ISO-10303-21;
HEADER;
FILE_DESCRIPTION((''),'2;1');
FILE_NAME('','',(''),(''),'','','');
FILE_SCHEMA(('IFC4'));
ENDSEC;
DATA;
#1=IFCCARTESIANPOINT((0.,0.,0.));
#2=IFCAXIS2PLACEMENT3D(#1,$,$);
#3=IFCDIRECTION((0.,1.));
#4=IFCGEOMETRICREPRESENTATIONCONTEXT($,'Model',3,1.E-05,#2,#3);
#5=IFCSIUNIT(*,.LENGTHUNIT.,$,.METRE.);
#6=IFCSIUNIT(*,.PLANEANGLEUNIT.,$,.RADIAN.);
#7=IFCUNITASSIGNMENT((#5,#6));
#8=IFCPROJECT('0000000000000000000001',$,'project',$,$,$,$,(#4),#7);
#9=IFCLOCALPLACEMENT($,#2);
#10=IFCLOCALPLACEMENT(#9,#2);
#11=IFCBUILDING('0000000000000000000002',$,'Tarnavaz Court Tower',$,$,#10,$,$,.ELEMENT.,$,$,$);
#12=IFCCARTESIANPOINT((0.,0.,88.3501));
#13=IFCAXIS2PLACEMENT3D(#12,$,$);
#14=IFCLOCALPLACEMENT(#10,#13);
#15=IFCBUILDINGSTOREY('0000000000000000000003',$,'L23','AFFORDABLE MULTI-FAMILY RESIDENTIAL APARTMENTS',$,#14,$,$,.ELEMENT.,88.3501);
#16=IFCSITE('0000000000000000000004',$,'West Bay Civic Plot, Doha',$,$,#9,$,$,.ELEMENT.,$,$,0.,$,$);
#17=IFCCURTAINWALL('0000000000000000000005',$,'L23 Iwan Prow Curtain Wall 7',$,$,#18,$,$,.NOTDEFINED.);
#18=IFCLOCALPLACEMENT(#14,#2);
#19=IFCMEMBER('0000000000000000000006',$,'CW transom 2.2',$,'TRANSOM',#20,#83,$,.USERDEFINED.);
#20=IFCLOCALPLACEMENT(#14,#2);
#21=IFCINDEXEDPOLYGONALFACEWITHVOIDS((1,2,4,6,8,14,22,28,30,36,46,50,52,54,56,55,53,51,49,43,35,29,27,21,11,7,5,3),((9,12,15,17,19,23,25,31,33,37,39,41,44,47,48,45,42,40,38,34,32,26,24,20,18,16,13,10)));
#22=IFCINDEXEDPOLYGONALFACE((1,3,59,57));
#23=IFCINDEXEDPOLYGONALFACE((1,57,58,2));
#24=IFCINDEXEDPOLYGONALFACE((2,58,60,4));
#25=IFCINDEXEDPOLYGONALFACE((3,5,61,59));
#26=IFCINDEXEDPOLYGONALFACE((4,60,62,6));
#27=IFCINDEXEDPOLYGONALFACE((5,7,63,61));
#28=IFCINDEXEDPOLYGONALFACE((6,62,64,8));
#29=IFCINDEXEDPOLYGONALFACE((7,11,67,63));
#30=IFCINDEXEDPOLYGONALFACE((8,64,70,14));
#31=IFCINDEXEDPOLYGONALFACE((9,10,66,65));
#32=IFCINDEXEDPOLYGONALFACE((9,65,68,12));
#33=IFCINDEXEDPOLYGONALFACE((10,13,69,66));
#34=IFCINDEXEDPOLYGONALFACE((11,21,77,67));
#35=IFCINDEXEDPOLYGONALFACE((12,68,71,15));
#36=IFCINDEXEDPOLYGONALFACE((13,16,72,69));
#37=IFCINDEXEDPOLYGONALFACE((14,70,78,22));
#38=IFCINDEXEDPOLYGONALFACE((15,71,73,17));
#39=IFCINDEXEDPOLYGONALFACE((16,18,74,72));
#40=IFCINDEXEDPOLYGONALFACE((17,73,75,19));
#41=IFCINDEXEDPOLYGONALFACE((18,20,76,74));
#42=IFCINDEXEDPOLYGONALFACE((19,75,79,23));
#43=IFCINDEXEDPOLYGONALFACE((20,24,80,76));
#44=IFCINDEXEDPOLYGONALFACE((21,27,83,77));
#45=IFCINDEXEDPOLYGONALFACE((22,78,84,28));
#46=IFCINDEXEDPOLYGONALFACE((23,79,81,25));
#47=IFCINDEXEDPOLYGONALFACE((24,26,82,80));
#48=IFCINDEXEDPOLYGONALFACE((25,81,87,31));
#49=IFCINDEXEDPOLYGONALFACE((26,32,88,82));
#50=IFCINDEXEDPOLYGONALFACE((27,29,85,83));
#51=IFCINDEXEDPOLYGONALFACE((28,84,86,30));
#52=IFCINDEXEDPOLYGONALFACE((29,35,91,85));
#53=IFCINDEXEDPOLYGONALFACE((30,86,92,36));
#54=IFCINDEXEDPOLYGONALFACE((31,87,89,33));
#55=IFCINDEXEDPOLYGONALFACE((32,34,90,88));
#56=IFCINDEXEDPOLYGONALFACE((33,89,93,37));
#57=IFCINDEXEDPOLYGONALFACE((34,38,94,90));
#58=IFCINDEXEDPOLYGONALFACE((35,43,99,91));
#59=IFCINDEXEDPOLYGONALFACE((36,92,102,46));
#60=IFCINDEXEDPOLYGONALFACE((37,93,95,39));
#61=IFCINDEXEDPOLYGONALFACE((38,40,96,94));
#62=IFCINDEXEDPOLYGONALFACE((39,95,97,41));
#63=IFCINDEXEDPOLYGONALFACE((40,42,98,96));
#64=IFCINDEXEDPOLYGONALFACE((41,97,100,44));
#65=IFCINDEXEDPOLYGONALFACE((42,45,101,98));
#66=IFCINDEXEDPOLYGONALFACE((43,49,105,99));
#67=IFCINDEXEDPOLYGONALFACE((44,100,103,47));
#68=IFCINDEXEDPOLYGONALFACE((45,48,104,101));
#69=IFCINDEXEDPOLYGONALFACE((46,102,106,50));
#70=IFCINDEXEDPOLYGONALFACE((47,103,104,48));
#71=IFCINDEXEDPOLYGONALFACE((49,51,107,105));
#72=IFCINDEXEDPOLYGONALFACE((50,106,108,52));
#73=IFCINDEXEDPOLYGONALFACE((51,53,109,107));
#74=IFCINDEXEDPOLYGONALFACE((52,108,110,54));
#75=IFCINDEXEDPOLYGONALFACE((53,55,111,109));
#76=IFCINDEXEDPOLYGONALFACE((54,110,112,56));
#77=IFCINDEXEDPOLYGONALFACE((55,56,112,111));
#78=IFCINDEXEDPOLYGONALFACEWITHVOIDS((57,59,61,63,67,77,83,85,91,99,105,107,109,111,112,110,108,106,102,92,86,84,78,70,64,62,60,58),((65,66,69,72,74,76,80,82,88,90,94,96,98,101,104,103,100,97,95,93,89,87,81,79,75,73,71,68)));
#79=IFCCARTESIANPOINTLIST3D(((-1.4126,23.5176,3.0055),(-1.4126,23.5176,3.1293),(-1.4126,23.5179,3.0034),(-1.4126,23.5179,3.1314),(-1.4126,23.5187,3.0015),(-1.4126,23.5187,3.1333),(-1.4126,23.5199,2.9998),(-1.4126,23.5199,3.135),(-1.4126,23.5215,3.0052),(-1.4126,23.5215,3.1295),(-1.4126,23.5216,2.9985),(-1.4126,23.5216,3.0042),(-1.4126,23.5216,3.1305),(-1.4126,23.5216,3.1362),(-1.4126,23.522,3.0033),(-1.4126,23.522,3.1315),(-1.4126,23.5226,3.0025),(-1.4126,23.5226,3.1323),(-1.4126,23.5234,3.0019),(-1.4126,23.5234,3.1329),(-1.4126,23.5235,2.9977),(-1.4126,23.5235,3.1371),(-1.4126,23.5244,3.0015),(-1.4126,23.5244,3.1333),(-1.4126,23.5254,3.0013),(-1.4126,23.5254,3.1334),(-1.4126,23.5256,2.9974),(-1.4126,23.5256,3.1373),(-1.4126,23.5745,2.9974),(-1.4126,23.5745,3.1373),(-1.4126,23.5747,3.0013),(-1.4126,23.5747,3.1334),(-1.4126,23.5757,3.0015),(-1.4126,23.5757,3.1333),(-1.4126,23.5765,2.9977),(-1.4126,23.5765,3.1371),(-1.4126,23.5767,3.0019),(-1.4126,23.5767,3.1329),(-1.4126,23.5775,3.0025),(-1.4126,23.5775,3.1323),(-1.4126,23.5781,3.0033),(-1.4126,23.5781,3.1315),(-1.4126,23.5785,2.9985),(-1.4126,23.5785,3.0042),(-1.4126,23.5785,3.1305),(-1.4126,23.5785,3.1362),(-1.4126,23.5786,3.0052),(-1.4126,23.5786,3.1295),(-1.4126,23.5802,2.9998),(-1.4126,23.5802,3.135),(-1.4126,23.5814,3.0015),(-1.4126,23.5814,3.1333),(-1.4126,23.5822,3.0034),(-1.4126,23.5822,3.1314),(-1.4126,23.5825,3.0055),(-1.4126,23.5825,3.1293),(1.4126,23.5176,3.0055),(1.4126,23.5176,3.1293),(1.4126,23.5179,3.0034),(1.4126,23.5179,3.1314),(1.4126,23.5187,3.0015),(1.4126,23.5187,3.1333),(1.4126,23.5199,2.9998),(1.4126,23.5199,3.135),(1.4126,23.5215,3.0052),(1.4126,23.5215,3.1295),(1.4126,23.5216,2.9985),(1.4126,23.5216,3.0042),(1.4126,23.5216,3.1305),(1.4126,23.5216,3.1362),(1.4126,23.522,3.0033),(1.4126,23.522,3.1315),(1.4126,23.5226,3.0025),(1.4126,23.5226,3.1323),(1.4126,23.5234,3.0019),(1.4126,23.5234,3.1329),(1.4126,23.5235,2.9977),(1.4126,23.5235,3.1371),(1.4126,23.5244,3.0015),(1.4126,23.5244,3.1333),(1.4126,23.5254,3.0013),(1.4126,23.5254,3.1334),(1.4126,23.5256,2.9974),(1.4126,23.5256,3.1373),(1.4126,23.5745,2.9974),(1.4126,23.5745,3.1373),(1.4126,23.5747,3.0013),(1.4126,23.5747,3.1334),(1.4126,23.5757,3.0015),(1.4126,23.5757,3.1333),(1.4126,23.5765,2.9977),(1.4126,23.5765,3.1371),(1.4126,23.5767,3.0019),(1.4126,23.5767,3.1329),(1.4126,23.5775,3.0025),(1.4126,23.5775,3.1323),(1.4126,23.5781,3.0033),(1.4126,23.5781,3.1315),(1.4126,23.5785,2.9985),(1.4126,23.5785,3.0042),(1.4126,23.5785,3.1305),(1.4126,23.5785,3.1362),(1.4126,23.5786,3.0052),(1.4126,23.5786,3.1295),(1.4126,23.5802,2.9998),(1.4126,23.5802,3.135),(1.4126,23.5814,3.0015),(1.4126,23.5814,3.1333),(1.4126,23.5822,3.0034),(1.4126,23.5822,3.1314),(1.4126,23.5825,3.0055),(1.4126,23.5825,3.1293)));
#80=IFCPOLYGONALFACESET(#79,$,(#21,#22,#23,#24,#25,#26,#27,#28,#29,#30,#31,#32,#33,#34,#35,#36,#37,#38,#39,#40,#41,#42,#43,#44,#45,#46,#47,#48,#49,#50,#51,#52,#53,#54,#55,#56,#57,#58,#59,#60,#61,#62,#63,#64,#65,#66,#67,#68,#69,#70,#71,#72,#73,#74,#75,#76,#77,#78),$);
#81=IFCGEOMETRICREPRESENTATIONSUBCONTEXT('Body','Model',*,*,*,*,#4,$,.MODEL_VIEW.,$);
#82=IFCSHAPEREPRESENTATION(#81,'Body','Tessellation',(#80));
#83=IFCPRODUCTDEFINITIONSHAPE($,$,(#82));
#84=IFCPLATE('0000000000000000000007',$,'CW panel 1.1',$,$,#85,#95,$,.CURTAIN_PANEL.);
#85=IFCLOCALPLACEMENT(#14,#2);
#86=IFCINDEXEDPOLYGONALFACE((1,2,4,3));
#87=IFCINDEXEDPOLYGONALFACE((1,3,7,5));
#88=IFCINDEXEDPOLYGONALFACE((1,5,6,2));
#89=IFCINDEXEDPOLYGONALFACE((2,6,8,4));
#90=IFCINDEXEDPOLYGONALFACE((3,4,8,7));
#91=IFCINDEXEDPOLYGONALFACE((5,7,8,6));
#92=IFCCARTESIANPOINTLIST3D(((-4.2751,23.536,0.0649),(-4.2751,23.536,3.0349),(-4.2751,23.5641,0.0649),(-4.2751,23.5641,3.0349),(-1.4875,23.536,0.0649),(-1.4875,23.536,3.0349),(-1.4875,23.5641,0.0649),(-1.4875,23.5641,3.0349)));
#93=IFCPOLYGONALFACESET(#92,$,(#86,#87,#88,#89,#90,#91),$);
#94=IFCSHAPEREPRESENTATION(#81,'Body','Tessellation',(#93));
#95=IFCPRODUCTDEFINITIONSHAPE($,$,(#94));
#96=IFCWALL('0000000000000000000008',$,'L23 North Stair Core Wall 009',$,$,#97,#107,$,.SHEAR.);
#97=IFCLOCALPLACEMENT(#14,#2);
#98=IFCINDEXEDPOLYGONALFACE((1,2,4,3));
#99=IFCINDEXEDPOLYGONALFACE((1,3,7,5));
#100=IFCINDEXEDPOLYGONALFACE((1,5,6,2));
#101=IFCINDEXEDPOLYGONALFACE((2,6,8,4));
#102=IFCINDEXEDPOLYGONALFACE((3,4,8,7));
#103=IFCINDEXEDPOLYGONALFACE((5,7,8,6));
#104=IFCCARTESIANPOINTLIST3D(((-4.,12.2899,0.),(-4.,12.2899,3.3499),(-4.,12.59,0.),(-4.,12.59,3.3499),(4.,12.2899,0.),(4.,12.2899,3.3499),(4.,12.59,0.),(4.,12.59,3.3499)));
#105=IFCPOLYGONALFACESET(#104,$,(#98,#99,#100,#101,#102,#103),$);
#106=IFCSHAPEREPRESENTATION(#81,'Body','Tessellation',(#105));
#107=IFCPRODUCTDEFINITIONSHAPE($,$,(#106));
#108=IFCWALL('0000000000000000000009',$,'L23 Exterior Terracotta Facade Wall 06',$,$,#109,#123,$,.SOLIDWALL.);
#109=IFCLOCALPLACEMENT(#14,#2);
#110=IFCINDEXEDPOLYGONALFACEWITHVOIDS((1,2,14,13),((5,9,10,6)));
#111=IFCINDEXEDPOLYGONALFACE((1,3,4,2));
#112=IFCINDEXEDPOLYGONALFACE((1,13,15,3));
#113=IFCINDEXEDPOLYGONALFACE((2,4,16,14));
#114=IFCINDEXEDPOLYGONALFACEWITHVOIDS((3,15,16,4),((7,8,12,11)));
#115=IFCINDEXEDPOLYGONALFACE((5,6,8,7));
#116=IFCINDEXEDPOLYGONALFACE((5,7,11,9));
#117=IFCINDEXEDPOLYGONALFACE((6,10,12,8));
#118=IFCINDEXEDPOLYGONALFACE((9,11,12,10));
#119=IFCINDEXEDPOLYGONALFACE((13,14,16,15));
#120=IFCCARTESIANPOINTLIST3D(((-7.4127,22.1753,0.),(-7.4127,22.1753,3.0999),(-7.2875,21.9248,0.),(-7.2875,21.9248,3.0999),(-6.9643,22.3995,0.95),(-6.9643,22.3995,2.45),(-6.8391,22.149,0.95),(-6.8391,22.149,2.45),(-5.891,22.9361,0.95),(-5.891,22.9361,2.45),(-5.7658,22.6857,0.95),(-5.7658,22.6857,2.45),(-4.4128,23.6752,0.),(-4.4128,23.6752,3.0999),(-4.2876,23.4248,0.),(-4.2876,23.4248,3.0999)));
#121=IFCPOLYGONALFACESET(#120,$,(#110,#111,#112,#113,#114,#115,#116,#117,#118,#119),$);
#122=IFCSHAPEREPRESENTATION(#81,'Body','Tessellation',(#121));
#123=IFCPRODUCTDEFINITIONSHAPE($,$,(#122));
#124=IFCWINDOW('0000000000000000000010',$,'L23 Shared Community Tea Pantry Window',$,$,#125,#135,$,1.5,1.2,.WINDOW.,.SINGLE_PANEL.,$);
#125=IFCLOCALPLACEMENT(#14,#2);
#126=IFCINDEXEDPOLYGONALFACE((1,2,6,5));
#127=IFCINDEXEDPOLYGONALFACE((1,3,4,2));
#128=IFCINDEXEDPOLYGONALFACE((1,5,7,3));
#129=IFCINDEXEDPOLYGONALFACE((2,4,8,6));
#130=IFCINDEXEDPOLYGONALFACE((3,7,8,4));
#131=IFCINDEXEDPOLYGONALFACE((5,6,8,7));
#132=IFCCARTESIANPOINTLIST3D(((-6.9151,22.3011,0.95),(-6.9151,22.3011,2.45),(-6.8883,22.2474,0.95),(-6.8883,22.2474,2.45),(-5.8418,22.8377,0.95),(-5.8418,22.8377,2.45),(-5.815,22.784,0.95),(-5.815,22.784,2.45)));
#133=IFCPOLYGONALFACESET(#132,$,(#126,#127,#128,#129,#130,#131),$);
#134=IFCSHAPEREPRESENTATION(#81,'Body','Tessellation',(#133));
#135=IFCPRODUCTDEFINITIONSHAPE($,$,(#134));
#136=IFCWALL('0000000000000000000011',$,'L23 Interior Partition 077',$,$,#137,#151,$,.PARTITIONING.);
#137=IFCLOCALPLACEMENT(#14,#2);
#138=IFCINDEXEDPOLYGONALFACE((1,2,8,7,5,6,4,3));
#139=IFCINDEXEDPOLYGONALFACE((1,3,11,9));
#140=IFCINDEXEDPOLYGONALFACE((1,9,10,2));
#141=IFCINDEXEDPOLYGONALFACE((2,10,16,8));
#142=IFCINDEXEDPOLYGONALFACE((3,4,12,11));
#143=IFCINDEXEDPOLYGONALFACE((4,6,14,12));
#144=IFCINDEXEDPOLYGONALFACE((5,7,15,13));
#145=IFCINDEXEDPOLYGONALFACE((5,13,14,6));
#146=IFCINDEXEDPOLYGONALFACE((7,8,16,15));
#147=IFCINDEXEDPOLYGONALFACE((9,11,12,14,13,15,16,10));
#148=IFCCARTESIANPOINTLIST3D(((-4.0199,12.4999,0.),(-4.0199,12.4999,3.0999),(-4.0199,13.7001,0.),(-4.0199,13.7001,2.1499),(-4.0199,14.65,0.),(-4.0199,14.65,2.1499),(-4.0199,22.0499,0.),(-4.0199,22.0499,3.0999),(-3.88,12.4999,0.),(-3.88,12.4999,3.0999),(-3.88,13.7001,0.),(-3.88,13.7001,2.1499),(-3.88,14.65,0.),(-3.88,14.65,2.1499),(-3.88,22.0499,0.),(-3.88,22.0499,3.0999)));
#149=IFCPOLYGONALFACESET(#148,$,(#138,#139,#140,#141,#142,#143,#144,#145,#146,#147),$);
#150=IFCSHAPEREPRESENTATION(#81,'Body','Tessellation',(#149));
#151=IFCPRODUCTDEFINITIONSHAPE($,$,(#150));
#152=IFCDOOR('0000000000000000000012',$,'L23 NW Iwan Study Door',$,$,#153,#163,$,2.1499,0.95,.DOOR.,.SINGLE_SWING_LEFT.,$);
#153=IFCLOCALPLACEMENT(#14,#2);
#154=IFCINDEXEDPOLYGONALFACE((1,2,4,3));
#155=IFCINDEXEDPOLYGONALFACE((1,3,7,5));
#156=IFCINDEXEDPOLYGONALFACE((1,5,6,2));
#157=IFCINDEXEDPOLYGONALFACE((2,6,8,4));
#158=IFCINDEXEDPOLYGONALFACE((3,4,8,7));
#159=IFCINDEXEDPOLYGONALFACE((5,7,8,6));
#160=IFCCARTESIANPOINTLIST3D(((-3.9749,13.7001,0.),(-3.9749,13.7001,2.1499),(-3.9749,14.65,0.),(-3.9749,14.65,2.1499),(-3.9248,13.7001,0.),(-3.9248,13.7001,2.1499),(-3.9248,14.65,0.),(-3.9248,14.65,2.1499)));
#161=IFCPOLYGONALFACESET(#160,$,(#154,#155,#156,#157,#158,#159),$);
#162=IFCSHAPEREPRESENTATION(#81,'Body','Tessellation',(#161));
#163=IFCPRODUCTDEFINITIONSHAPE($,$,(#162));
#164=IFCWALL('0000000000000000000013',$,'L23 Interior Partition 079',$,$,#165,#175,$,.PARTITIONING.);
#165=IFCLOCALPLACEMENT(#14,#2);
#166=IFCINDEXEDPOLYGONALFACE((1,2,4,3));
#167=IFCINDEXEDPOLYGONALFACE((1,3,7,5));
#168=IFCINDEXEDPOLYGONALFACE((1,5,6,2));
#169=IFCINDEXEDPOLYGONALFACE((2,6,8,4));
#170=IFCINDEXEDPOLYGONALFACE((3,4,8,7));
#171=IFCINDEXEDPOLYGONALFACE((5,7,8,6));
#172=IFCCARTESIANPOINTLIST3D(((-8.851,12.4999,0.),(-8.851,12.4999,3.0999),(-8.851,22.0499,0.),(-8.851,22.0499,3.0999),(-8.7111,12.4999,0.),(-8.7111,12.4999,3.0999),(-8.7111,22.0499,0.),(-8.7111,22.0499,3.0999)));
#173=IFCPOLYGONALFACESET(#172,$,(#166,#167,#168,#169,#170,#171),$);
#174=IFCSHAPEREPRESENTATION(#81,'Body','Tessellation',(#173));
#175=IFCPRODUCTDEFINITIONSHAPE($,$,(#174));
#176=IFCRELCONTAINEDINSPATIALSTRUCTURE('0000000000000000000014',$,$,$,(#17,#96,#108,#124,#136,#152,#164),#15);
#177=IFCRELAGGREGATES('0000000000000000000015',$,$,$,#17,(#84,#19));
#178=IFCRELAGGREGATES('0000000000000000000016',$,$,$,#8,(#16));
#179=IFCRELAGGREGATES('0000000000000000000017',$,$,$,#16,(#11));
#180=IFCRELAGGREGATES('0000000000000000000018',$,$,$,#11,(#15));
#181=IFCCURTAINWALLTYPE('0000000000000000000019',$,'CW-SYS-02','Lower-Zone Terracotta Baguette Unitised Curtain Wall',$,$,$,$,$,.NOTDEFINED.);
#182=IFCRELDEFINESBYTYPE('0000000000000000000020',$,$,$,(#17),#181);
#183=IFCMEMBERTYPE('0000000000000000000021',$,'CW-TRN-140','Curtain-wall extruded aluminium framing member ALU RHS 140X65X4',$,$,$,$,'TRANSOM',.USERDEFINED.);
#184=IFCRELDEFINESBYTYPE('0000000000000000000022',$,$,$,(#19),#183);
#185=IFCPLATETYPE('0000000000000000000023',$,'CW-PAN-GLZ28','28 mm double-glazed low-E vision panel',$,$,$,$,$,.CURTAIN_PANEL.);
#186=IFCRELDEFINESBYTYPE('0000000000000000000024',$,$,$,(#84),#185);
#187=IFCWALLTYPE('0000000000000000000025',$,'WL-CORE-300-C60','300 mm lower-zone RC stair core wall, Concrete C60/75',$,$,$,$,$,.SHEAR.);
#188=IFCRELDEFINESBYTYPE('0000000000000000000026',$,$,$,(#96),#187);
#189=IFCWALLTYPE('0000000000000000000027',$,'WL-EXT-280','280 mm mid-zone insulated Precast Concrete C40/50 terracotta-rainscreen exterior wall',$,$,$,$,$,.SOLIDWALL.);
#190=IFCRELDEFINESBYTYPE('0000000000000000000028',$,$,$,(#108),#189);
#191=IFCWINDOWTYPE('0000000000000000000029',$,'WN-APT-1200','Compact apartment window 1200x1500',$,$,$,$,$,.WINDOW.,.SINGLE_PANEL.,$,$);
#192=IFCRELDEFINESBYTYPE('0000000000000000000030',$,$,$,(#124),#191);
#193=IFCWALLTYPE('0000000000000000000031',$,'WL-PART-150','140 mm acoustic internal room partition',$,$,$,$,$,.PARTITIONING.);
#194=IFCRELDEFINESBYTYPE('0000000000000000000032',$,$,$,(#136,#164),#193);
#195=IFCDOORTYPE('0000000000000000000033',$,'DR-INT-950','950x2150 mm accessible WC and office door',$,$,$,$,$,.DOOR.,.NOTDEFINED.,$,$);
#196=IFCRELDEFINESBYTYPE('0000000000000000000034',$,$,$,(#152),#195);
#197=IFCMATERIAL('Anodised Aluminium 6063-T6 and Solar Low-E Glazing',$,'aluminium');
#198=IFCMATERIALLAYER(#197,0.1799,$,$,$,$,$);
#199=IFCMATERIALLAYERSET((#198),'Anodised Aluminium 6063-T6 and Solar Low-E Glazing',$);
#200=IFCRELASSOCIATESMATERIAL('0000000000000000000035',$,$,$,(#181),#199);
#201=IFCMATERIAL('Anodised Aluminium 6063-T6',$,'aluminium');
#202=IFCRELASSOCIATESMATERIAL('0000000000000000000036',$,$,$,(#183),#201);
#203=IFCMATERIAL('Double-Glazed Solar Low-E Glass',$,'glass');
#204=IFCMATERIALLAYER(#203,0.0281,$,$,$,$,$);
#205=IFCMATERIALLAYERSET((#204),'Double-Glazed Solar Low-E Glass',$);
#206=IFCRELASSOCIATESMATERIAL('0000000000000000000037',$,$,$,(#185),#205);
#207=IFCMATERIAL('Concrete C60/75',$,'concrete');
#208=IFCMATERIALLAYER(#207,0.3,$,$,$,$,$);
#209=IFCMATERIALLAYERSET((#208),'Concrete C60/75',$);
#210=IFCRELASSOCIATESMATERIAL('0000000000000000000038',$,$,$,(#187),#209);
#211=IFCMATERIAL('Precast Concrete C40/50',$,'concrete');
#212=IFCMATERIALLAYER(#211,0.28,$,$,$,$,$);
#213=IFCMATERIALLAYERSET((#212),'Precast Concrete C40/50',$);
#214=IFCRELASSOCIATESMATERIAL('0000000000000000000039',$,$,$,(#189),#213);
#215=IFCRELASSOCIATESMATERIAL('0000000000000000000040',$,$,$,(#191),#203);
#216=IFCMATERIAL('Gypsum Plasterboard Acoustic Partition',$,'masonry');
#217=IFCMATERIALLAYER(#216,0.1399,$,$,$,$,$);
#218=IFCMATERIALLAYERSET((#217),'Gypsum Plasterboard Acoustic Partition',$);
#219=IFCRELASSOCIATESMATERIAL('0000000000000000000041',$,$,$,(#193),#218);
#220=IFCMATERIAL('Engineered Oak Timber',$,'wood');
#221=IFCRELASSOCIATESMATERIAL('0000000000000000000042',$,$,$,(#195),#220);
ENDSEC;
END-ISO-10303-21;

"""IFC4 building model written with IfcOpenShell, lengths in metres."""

from ifc_helpers import new_model, si_unit, direction, frame, frame_2d, origin, origin_2d, place, context, subcontext, project, spatial, rectangle, hollow_rectangle, extrude, material, layer, layer_set, material_profile, profile_set, type_object, element, fill, aggregate, save


model = new_model("IFC4")

# Units and contexts
model_context = context("Model", 3, precision=1e-05, world=origin(), true_north=direction((0.0, 1.0)))
body_context = subcontext(model_context, "Body", "Model", "MODEL_VIEW")
ifc_project = project(units=[si_unit("LENGTHUNIT", "METRE"), si_unit("PLANEANGLEUNIT", "RADIAN")], contexts=[model_context])

# Site, building, storey
site_placement = place(None, origin())
site = spatial("IfcSite", under=ifc_project, at=site_placement, Name="West Bay Civic Plot, Doha", CompositionType="ELEMENT", RefElevation=0.0)
building_placement = place(site_placement, origin())
building = spatial("IfcBuilding", under=site, at=building_placement, Name="Tarnavaz Court Tower", CompositionType="ELEMENT")
storey_placement = place(building_placement, frame((0.0, 0.0, 88.3501)))
storey = spatial("IfcBuildingStorey", under=building, at=storey_placement, Name="L23", Description="AFFORDABLE MULTI-FAMILY RESIDENTIAL APARTMENTS", CompositionType="ELEMENT", Elevation=88.3501)

# Shared definitions
ifc_material_1 = material(Name="Concrete C60/75", Category="concrete")

# Curtain wall, member, plate
ifc_material_2 = material(Name="Anodised Aluminium 6063-T6 and Solar Low-E Glazing", Category="aluminium")
ifc_layer_1 = layer(ifc_material_2, 0.1799)
ifc_layer_set_1 = layer_set([ifc_layer_1], Name="Anodised Aluminium 6063-T6 and Solar Low-E Glazing")
curtain_wall_type = type_object("IfcCurtainWallType", Name="CW-SYS-02", Description="Lower-Zone Terracotta Baguette Unitised Curtain Wall", PredefinedType="NOTDEFINED", material=ifc_layer_set_1)
curtain_wall_placement = place(storey_placement, origin())
curtain_wall = element("IfcCurtainWall", 1, at=curtain_wall_placement, inside=storey, type_object=curtain_wall_type, Name="L23 Iwan Prow Curtain Wall 7", PredefinedType="NOTDEFINED")
ifc_material_3 = material(Name="Anodised Aluminium 6063-T6", Category="aluminium")
ifc_material_profile_1 = material_profile(ifc_material_3, hollow_rectangle(XDim=0.0649, YDim=0.1399, WallThickness=0.0039, InnerFilletRadius=0.0039, OuterFilletRadius=0.0081, at=origin_2d()), Name="ALU RHS 140X65X4")
ifc_profile_set_1 = profile_set([ifc_material_profile_1], Name="Anodised Aluminium 6063-T6")
member_type_1 = type_object("IfcMemberType", Name="CW-TRN-140", Description="Curtain-wall extruded aluminium framing member ALU RHS 140X65X4", ElementType="TRANSOM", PredefinedType="USERDEFINED", material=ifc_profile_set_1)
member_1_placement = place(storey_placement, frame((-1.4126, 23.55, 3.0674), z_axis=(1.0, 0.0, 0.0), x_axis=(0.0, 1.0, 0.0)))
member_1 = element("IfcMember", 2, at=member_1_placement, type_object=member_type_1, Name="CW transom 2.2", ObjectType="TRANSOM", PredefinedType="USERDEFINED", context=body_context, shape_type="SweptSolid", body=[
    extrude(hollow_rectangle(XDim=0.0649, YDim=0.1399, WallThickness=0.0039, InnerFilletRadius=0.0039, OuterFilletRadius=0.0081, at=origin_2d()), origin(), (0.0, 0.0, 1.0), 2.8252),
])
ifc_material_4 = material(Name="Double-Glazed Solar Low-E Glass", Category="glass")
ifc_layer_2 = layer(ifc_material_4, 0.0281)
ifc_layer_set_2 = layer_set([ifc_layer_2], Name="Double-Glazed Solar Low-E Glass")
plate_type = type_object("IfcPlateType", Name="CW-PAN-GLZ28", Description="28 mm double-glazed low-E vision panel", PredefinedType="CURTAIN_PANEL", material=ifc_layer_set_2)
plate_placement = place(storey_placement, frame((-2.8813, 23.55, 0.0649), z_axis=(0.0, 0.0, 1.0), x_axis=(1.0, 0.0, 0.0)))
plate = element("IfcPlate", 3, at=plate_placement, type_object=plate_type, Name="CW panel 1.1", PredefinedType="CURTAIN_PANEL", context=body_context, shape_type="SweptSolid", body=[
    extrude(rectangle(XDim=2.7876, YDim=0.0281, at=origin_2d()), origin(), (0.0, 0.0, 1.0), 2.97),
])
aggregate(curtain_wall, [plate, member_1])

# Wall
ifc_layer_3 = layer(ifc_material_1, 0.3)
ifc_layer_set_3 = layer_set([ifc_layer_3], Name="Concrete C60/75")
wall_type_1 = type_object("IfcWallType", Name="WL-CORE-300-C60", Description="300 mm lower-zone RC stair core wall, Concrete C60/75", PredefinedType="SHEAR", material=ifc_layer_set_3)
wall_1_placement = place(storey_placement, frame((-4.0, 12.4399, 0.0), z_axis=(0.0, 0.0, 1.0), x_axis=(1.0, 0.0, 0.0)))
element("IfcWall", 4, at=wall_1_placement, inside=storey, type_object=wall_type_1, Name="L23 North Stair Core Wall 009", PredefinedType="SHEAR", context=body_context, shape_type="SweptSolid", body=[
    extrude(rectangle(XDim=8.0, YDim=0.3, at=frame_2d((4.0, 0.0))), origin(), (0.0, 0.0, 1.0), 3.3499),
])

# Wall, opening, window
ifc_material_5 = material(Name="Precast Concrete C40/50", Category="concrete")
ifc_layer_4 = layer(ifc_material_5, 0.28)
ifc_layer_set_4 = layer_set([ifc_layer_4], Name="Precast Concrete C40/50")
wall_type_2 = type_object("IfcWallType", Name="WL-EXT-280", Description="280 mm mid-zone insulated Precast Concrete C40/50 terracotta-rainscreen exterior wall", PredefinedType="SOLIDWALL", material=ifc_layer_set_4)
wall_2_placement = place(storey_placement, frame((-7.3501, 22.05, 0.0), z_axis=(0.0, 0.0, 1.0), x_axis=(0.894427, 0.447214, 0.0)))
wall_2 = element("IfcWall", 5, at=wall_2_placement, inside=storey, type_object=wall_type_2, Name="L23 Exterior Terracotta Facade Wall 06", PredefinedType="SOLIDWALL", context=body_context, shape_type="SweptSolid", body=[
    extrude(rectangle(XDim=3.354, YDim=0.28, at=frame_2d((1.677, 0.0))), origin(), (0.0, 0.0, 1.0), 3.0999),
])
opening_1_placement = place(wall_2_placement, frame((0.5012, 0.0, 0.95)))
opening_1 = element("IfcOpeningElement", 6, at=opening_1_placement, cuts=wall_2, PredefinedType="OPENING", context=body_context, shape_type="SweptSolid", body=[
    extrude(rectangle(XDim=1.2, YDim=1.5, at=frame_2d((0.6001, 0.75))), frame((0.0, 0.1499, 0.0), z_axis=(0.0, -1.0, 0.0), x_axis=(1.0, 0.0, 0.0)), (0.0, 0.0, 1.0), 0.3),
])
window_type = type_object("IfcWindowType", Name="WN-APT-1200", Description="Compact apartment window 1200x1500", PartitioningType="SINGLE_PANEL", PredefinedType="WINDOW", material=ifc_material_4)
window_placement = place(opening_1_placement, origin())
window = element("IfcWindow", 7, at=window_placement, inside=storey, type_object=window_type, Name="L23 Shared Community Tea Pantry Window", OverallHeight=1.5, OverallWidth=1.2, PartitioningType="SINGLE_PANEL", PredefinedType="WINDOW", context=body_context, shape_type="SweptSolid", body=[
    extrude(rectangle(XDim=1.2, YDim=1.5, at=frame_2d((0.6001, 0.75))), frame((0.0, 0.03, 0.0), z_axis=(0.0, -1.0, 0.0), x_axis=(1.0, 0.0, 0.0)), (0.0, 0.0, 1.0), 0.0601),
])
fill(opening_1, window)

# Wall, opening, door
ifc_material_6 = material(Name="Gypsum Plasterboard Acoustic Partition", Category="masonry")
ifc_layer_5 = layer(ifc_material_6, 0.1399)
ifc_layer_set_5 = layer_set([ifc_layer_5], Name="Gypsum Plasterboard Acoustic Partition")
wall_type_3 = type_object("IfcWallType", Name="WL-PART-150", Description="140 mm acoustic internal room partition", PredefinedType="PARTITIONING", material=ifc_layer_set_5)
wall_3_placement = place(storey_placement, frame((-3.95, 12.5, 0.0), z_axis=(0.0, 0.0, 1.0), x_axis=(0.0, 1.0, 0.0)))
wall_3 = element("IfcWall", 8, at=wall_3_placement, inside=storey, type_object=wall_type_3, Name="L23 Interior Partition 077", PredefinedType="PARTITIONING", context=body_context, shape_type="SweptSolid", body=[
    extrude(rectangle(XDim=9.55, YDim=0.1399, at=frame_2d((4.7749, 0.0))), origin(), (0.0, 0.0, 1.0), 3.0999),
])
opening_2_placement = place(wall_3_placement, frame((1.2, 0.0, 0.0)))
opening_2 = element("IfcOpeningElement", 9, at=opening_2_placement, cuts=wall_3, PredefinedType="OPENING", context=body_context, shape_type="SweptSolid", body=[
    extrude(rectangle(XDim=0.95, YDim=2.1499, at=frame_2d((0.4751, 1.075))), frame((0.0, 0.0798, 0.0), z_axis=(0.0, -1.0, 0.0), x_axis=(1.0, 0.0, 0.0)), (0.0, 0.0, 1.0), 0.1599),
])
ifc_material_7 = material(Name="Engineered Oak Timber", Category="wood")
door_type = type_object("IfcDoorType", Name="DR-INT-950", Description="950x2150 mm accessible WC and office door", OperationType="NOTDEFINED", PredefinedType="DOOR", material=ifc_material_7)
door_placement = place(opening_2_placement, origin())
door = element("IfcDoor", 10, at=door_placement, inside=storey, type_object=door_type, Name="L23 NW Iwan Study Door", OperationType="SINGLE_SWING_LEFT", OverallHeight=2.1499, OverallWidth=0.95, PredefinedType="DOOR", context=body_context, shape_type="SweptSolid", body=[
    extrude(rectangle(XDim=0.95, YDim=2.1499, at=frame_2d((0.4751, 1.075))), frame((0.0, 0.0249, 0.0), z_axis=(0.0, -1.0, 0.0), x_axis=(1.0, 0.0, 0.0)), (0.0, 0.0, 1.0), 0.05),
])
fill(opening_2, door)

# Wall
wall_4_placement = place(storey_placement, frame((-8.781, 12.5, 0.0), z_axis=(0.0, 0.0, 1.0), x_axis=(0.0, 1.0, 0.0)))
element("IfcWall", 11, at=wall_4_placement, inside=storey, type_object=wall_type_3, Name="L23 Interior Partition 079", PredefinedType="PARTITIONING", context=body_context, shape_type="SweptSolid", body=[
    extrude(rectangle(XDim=9.55, YDim=0.1399, at=frame_2d((4.7749, 0.0))), origin(), (0.0, 0.0, 1.0), 3.0999),
])

save(model, "model.ifc")
